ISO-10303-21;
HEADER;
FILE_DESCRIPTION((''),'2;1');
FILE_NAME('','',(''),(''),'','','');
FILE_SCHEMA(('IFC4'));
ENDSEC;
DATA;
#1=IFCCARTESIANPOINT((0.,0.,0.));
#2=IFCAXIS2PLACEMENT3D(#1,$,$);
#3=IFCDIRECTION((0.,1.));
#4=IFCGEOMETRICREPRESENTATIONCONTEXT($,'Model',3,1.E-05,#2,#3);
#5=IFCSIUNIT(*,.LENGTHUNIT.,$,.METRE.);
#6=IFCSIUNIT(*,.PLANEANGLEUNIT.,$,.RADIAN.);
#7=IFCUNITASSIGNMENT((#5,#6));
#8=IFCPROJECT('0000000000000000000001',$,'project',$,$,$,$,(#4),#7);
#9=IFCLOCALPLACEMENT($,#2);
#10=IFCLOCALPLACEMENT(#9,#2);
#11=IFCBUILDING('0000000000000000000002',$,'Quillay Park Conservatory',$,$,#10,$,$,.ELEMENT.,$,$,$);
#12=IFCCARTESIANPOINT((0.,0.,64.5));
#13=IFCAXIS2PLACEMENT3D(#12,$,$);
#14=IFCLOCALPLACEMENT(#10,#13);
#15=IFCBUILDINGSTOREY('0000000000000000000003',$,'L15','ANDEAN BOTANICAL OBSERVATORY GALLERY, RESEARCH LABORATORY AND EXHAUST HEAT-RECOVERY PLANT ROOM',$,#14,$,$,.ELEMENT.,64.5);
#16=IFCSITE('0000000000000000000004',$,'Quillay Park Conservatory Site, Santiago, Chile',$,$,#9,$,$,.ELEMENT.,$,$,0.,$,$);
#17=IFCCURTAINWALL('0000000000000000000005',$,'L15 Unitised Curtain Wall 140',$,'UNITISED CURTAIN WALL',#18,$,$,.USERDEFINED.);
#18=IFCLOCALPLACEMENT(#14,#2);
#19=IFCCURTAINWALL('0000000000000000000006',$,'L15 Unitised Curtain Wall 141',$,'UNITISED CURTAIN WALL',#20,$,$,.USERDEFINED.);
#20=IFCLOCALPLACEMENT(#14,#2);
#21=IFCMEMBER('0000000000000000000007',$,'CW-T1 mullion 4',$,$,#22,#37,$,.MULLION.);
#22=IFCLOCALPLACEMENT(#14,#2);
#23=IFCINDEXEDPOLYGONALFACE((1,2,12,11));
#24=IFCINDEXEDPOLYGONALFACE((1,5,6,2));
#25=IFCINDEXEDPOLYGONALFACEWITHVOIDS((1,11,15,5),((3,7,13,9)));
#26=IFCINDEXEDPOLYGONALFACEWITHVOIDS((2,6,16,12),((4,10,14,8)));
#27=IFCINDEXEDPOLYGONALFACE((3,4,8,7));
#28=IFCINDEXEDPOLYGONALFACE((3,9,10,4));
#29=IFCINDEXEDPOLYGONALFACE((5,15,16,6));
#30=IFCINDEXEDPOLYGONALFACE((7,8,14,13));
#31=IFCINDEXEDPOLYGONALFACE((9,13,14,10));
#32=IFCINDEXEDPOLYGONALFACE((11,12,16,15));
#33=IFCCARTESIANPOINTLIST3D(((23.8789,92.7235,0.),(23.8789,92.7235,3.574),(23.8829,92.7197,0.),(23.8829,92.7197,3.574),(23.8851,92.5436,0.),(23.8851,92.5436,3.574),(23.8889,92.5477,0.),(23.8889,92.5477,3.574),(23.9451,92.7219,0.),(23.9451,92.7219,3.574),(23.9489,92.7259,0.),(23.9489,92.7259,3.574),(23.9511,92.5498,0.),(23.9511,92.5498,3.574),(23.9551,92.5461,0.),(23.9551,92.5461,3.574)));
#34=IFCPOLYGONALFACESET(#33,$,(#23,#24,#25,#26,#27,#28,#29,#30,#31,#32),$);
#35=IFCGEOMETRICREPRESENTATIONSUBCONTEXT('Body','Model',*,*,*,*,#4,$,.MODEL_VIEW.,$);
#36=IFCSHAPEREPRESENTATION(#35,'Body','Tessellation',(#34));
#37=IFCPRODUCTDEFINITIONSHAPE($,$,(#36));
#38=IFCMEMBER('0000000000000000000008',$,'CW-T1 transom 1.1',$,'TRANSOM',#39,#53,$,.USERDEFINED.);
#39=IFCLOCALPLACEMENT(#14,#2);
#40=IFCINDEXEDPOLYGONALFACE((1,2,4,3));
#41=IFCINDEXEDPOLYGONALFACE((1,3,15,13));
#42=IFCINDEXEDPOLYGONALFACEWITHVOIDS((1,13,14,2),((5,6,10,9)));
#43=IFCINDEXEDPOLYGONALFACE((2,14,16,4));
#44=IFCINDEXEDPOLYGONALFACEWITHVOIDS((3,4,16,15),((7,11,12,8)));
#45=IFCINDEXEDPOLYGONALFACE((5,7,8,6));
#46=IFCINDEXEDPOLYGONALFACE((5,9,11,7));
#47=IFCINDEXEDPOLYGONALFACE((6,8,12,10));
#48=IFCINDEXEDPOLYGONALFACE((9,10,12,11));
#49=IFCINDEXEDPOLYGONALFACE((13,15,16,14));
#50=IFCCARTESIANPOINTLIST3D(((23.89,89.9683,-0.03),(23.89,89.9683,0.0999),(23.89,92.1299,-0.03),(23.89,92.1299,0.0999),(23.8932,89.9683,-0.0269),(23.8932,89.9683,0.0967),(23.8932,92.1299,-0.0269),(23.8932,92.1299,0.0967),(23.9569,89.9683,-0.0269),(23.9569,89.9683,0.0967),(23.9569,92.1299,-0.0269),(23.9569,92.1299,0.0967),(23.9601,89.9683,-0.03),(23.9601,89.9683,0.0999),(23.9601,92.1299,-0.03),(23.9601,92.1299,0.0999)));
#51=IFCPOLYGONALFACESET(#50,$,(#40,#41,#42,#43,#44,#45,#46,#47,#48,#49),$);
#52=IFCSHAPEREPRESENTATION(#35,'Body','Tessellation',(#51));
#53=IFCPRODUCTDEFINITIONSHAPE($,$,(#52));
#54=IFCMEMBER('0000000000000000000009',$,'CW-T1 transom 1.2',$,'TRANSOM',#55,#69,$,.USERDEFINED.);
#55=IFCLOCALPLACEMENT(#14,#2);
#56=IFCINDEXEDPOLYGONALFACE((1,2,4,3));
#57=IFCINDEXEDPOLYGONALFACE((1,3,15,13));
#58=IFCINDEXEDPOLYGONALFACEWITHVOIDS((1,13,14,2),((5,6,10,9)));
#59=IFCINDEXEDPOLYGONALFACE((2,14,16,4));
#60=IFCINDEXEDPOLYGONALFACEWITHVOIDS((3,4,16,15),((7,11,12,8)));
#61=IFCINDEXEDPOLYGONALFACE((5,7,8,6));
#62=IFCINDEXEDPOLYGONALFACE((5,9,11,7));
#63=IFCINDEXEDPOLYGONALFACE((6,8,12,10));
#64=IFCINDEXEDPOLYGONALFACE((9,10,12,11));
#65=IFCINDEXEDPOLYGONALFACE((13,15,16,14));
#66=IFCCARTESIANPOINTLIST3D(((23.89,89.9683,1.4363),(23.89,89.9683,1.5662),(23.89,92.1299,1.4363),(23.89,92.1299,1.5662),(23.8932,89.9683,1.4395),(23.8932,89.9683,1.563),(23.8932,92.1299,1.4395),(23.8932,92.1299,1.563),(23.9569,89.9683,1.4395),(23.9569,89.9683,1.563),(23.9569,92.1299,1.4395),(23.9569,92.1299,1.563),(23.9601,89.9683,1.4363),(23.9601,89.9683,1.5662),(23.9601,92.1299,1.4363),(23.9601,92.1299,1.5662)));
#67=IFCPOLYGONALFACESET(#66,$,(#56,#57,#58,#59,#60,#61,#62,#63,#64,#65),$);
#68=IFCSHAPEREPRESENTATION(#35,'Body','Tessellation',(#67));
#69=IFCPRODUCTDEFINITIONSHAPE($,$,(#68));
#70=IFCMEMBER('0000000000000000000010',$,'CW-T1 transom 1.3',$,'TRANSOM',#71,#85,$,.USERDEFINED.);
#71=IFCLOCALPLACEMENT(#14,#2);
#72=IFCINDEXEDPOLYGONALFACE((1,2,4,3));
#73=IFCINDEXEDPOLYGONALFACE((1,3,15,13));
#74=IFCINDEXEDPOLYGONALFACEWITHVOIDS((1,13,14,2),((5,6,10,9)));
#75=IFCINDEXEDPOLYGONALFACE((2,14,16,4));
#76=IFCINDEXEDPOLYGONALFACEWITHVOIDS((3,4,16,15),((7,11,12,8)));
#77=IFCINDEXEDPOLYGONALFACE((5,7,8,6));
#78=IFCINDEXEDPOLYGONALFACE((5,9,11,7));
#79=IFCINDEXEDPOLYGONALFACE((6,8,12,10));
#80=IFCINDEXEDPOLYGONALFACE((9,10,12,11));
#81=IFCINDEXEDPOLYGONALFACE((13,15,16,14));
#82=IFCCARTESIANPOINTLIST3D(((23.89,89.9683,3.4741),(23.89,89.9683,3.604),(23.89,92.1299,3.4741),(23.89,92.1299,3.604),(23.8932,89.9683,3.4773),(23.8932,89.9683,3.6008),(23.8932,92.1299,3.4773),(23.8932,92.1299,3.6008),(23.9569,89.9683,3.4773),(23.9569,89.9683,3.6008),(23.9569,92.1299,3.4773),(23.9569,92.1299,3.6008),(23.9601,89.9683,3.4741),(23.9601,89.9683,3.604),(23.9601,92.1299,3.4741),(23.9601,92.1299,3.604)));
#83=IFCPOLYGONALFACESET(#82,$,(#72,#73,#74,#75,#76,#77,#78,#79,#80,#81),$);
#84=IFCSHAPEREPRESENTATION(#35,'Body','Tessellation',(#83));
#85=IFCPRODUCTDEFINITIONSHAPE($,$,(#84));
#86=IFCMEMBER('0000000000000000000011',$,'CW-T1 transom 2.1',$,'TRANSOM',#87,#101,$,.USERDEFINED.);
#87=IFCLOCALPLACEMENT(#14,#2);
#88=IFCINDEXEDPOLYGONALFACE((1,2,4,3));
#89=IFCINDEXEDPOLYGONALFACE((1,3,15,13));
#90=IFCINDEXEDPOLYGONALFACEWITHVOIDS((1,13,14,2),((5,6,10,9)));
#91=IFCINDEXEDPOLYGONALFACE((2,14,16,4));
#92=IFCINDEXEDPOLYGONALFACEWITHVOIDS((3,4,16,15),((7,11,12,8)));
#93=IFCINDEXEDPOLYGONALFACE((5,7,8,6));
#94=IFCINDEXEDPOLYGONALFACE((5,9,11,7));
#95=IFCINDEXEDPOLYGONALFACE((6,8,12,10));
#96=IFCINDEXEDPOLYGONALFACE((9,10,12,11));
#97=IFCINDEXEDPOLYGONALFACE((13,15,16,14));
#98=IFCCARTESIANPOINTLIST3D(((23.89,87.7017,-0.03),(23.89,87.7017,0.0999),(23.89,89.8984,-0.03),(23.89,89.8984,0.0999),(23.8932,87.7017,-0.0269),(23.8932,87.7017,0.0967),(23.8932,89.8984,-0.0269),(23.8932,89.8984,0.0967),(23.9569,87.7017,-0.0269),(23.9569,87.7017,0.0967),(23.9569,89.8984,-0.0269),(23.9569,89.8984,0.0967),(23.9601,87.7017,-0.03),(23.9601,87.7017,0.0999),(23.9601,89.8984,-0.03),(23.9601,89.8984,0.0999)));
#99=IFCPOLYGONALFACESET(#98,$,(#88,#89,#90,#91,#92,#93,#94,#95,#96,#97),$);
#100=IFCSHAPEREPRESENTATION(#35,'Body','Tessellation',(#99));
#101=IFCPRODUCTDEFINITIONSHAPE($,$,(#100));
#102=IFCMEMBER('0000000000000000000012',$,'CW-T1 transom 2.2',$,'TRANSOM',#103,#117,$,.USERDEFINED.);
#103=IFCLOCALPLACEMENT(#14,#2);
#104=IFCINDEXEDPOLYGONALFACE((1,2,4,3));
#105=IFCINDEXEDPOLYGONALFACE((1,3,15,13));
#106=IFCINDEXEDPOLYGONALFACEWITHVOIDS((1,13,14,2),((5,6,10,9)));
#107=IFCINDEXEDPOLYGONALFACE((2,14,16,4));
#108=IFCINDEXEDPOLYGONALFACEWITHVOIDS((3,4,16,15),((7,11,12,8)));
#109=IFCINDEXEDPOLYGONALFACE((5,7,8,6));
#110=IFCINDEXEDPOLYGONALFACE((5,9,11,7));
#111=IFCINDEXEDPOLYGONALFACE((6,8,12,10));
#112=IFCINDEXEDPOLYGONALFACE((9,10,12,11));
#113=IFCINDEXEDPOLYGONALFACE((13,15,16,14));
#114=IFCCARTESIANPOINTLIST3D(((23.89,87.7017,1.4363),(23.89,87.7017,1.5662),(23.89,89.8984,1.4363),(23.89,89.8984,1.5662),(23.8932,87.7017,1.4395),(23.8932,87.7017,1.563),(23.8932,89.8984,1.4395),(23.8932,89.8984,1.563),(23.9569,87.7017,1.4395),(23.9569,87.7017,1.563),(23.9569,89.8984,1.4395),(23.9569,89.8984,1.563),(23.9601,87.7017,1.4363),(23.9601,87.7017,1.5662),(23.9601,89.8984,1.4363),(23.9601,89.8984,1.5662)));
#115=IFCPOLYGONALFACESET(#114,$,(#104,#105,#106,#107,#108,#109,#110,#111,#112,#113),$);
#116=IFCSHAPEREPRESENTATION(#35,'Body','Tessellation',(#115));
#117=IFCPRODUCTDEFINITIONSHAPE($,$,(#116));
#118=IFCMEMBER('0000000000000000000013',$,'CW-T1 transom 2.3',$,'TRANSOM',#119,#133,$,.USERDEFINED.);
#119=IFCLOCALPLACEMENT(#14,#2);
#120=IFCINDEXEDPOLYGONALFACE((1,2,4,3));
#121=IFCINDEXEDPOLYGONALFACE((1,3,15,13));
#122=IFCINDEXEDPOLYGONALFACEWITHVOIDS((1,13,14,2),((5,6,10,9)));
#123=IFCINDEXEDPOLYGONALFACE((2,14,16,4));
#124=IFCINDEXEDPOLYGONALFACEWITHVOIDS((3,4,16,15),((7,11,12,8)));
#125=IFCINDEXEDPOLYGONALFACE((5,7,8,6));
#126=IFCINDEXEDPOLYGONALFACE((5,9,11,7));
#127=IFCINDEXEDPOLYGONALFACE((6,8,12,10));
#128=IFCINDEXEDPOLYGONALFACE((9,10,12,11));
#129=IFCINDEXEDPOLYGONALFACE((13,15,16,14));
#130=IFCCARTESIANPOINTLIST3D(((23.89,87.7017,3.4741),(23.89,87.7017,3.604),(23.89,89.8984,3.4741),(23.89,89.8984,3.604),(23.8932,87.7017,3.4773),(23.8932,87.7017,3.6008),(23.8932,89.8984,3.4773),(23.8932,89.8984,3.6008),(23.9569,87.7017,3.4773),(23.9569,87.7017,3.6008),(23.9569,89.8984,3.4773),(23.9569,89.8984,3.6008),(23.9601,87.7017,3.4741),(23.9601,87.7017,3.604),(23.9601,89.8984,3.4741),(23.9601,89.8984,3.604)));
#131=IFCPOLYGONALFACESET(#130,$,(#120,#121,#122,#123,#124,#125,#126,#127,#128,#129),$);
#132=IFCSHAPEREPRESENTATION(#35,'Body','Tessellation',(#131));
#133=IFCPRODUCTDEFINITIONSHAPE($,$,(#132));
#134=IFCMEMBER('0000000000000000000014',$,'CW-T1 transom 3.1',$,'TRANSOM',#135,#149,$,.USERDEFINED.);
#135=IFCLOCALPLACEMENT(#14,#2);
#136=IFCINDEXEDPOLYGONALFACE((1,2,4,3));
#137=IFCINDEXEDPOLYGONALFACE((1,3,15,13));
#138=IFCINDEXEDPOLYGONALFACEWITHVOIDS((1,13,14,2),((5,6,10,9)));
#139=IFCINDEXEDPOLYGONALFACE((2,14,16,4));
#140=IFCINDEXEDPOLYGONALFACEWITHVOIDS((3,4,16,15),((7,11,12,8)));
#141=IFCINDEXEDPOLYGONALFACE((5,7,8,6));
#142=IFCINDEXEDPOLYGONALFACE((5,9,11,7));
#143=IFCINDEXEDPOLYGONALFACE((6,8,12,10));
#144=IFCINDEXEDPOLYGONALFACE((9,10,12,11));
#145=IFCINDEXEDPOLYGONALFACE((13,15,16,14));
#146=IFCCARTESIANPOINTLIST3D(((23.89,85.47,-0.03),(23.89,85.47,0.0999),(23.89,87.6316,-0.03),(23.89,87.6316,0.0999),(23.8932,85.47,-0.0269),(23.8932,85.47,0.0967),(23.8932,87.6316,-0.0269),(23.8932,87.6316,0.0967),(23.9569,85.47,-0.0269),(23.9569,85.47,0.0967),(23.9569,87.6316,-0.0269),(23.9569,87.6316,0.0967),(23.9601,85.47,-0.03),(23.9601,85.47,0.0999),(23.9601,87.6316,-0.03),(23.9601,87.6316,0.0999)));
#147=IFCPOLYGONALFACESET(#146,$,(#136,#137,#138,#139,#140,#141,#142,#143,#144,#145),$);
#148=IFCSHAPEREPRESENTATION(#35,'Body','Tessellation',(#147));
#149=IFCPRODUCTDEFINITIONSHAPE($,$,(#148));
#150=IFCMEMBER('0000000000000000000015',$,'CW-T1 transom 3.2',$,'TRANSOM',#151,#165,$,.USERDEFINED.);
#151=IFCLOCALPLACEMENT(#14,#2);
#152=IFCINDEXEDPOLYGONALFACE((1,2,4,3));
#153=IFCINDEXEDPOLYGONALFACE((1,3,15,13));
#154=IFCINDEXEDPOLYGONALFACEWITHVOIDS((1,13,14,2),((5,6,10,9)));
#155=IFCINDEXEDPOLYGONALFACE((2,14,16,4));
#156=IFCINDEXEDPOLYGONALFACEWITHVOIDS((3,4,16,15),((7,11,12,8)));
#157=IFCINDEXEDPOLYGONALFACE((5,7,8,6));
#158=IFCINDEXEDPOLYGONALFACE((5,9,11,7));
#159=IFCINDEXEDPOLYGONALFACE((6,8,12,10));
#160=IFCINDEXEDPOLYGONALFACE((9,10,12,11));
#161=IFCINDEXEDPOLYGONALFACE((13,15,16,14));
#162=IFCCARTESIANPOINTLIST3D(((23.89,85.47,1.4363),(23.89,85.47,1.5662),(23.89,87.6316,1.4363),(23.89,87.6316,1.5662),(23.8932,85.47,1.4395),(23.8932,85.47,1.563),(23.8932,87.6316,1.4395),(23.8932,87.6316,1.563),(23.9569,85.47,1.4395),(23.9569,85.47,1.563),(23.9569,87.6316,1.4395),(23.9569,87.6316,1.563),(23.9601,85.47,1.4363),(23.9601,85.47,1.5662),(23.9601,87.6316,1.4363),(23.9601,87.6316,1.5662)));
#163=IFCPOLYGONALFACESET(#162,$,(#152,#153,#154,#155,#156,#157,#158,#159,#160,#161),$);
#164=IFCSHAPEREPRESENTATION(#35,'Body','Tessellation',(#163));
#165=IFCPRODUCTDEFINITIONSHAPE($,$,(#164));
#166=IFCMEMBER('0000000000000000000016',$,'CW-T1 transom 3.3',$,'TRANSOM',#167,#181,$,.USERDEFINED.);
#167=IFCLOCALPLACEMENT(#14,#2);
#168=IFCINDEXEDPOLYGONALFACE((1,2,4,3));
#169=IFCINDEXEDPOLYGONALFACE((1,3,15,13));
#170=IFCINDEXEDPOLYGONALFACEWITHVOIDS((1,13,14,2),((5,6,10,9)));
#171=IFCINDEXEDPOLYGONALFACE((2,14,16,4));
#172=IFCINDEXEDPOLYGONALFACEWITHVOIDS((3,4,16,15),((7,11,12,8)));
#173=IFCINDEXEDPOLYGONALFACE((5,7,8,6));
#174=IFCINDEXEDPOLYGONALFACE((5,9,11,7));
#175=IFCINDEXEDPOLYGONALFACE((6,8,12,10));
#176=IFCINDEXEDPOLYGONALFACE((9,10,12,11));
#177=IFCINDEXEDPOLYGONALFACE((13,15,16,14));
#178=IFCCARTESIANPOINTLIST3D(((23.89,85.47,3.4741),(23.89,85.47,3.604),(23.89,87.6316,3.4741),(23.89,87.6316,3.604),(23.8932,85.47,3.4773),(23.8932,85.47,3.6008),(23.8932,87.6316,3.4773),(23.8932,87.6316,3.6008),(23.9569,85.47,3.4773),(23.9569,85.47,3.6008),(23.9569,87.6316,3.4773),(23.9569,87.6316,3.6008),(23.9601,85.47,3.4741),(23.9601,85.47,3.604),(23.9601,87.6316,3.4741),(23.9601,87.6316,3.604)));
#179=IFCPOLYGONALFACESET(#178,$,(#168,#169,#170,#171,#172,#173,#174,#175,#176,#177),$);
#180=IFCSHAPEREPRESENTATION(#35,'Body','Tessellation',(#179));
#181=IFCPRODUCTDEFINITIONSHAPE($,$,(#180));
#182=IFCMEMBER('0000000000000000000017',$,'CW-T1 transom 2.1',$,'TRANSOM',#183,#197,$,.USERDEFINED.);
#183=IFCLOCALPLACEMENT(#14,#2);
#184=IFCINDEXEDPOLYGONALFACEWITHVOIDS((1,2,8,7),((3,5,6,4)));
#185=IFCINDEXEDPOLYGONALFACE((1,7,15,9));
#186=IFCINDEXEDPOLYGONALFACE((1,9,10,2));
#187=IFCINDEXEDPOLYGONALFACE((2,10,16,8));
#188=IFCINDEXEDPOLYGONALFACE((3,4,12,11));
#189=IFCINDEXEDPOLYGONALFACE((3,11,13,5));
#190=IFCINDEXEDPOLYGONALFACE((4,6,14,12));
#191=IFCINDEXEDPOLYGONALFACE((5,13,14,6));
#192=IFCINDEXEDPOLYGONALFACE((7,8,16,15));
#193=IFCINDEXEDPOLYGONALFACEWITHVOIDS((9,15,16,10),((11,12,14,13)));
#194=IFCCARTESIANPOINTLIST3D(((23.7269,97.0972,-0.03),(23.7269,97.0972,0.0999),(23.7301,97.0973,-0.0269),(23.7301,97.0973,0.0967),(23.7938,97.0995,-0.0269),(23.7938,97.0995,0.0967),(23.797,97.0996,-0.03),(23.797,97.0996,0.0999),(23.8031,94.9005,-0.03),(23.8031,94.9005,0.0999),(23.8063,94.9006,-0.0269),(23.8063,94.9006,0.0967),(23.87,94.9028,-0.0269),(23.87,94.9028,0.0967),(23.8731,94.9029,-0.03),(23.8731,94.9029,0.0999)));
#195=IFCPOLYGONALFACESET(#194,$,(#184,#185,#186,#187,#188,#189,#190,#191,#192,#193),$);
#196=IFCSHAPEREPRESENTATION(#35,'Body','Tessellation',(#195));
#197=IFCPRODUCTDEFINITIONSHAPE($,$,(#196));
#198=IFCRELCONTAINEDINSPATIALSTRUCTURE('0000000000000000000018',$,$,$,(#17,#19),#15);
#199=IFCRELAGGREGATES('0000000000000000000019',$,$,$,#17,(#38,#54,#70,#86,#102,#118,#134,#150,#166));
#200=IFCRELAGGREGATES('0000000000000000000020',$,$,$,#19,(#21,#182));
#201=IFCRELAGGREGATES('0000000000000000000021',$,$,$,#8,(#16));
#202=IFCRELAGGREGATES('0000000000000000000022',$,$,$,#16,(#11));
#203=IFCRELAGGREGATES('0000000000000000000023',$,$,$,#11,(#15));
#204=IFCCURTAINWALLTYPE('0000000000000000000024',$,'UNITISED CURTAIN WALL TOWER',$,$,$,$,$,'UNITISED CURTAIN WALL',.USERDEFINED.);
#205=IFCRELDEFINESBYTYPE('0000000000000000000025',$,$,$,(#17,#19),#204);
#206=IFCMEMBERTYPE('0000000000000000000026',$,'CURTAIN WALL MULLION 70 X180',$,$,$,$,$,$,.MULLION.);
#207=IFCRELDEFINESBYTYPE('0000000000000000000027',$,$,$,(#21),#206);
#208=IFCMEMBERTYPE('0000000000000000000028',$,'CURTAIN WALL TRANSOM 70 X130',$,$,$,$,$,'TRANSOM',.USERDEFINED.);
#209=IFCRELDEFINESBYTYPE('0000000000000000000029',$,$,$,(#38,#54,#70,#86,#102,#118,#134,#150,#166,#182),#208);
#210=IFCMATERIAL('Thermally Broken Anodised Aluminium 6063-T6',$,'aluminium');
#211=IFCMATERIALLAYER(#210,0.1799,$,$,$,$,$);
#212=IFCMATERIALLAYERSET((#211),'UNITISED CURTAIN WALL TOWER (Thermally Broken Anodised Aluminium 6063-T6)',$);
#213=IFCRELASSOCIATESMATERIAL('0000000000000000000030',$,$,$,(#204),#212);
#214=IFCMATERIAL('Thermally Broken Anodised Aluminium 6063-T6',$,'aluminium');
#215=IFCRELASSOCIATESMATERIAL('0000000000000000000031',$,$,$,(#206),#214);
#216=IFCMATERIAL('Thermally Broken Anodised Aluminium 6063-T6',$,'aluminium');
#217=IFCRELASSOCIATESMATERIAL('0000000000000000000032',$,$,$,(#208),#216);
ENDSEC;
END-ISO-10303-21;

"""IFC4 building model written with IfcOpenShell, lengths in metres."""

from ifc_helpers import new_model, si_unit, direction, frame, origin, origin_2d, place, context, subcontext, project, spatial, hollow_rectangle, extrude, material, layer, layer_set, material_profile, profile_set, type_object, element, aggregate, save


model = new_model("IFC4")

# Units and contexts
model_context = context("Model", 3, precision=1e-05, world=origin(), true_north=direction((0.0, 1.0)))
body_context = subcontext(model_context, "Body", "Model", "MODEL_VIEW")
ifc_project = project(units=[si_unit("LENGTHUNIT", "METRE"), si_unit("PLANEANGLEUNIT", "RADIAN")], contexts=[model_context])

# Site, building, storey
site_placement = place(None, origin())
site = spatial("IfcSite", under=ifc_project, at=site_placement, Name="Quillay Park Conservatory Site, Santiago, Chile", CompositionType="ELEMENT", RefElevation=0.0)
building_placement = place(site_placement, origin())
building = spatial("IfcBuilding", under=site, at=building_placement, Name="Quillay Park Conservatory", CompositionType="ELEMENT")
storey_placement = place(building_placement, frame((0.0, 0.0, 64.5)))
storey = spatial("IfcBuildingStorey", under=building, at=storey_placement, Name="L15", Description="ANDEAN BOTANICAL OBSERVATORY GALLERY, RESEARCH LABORATORY AND EXHAUST HEAT-RECOVERY PLANT ROOM", CompositionType="ELEMENT", Elevation=64.5)

# Curtain walls, member
ifc_material_1 = material(Name="Thermally Broken Anodised Aluminium 6063-T6", Category="aluminium")
ifc_layer_1 = layer(ifc_material_1, 0.1799)
ifc_layer_set_1 = layer_set([ifc_layer_1], Name="UNITISED CURTAIN WALL TOWER (Thermally Broken Anodised Aluminium 6063-T6)")
curtain_wall_type = type_object("IfcCurtainWallType", Name="UNITISED CURTAIN WALL TOWER", ElementType="UNITISED CURTAIN WALL", PredefinedType="USERDEFINED", material=ifc_layer_set_1)
curtain_wall_1_placement = place(storey_placement, origin())
curtain_wall_1 = element("IfcCurtainWall", 1, at=curtain_wall_1_placement, inside=storey, type_object=curtain_wall_type, Name="L15 Unitised Curtain Wall 140", ObjectType="UNITISED CURTAIN WALL", PredefinedType="USERDEFINED")
ifc_material_2 = material(Name="Thermally Broken Anodised Aluminium 6063-T6", Category="aluminium")
ifc_material_profile_1 = material_profile(ifc_material_2, hollow_rectangle(XDim=0.0701, YDim=0.1799, WallThickness=0.0039, at=origin_2d()), Name="AL70x180x4")
ifc_profile_set_1 = profile_set([ifc_material_profile_1], Name="Thermally Broken Anodised Aluminium 6063-T6")
member_type_1 = type_object("IfcMemberType", Name="CURTAIN WALL MULLION 70 X180", PredefinedType="MULLION", material=ifc_profile_set_1)
curtain_wall_2_placement = place(storey_placement, origin())
curtain_wall_2 = element("IfcCurtainWall", 2, at=curtain_wall_2_placement, inside=storey, type_object=curtain_wall_type, Name="L15 Unitised Curtain Wall 141", ObjectType="UNITISED CURTAIN WALL", PredefinedType="USERDEFINED")
member_1_placement = place(storey_placement, frame((23.917, 92.6348, 0.0), z_axis=(0.0, 0.0, 1.0), x_axis=(0.999397, 0.034713, 0.0)))
member_1 = element("IfcMember", 3, at=member_1_placement, type_object=member_type_1, Name="CW-T1 mullion 4", PredefinedType="MULLION", context=body_context, shape_type="SweptSolid", body=[
    extrude(hollow_rectangle(XDim=0.0701, YDim=0.1799, WallThickness=0.0039, at=origin_2d()), origin(), (0.0, 0.0, 1.0), 3.574),
])

# Members
ifc_material_3 = material(Name="Thermally Broken Anodised Aluminium 6063-T6", Category="aluminium")
ifc_material_profile_2 = material_profile(ifc_material_3, hollow_rectangle(XDim=0.0701, YDim=0.1299, WallThickness=0.0032, at=origin_2d()), Name="AL70x130x3.2")
ifc_profile_set_2 = profile_set([ifc_material_profile_2], Name="Thermally Broken Anodised Aluminium 6063-T6")
member_type_2 = type_object("IfcMemberType", Name="CURTAIN WALL TRANSOM 70 X130", ElementType="TRANSOM", PredefinedType="USERDEFINED", material=ifc_profile_set_2)
member_2_placement = place(storey_placement, frame((23.925, 92.1299, 0.0349), z_axis=(0.0, -1.0, 0.0), x_axis=(1.0, 0.0, 0.0)))
member_2 = element("IfcMember", 4, at=member_2_placement, type_object=member_type_2, Name="CW-T1 transom 1.1", ObjectType="TRANSOM", PredefinedType="USERDEFINED", context=body_context, shape_type="SweptSolid", body=[
    extrude(hollow_rectangle(XDim=0.0701, YDim=0.1299, WallThickness=0.0032, at=origin_2d()), origin(), (0.0, 0.0, 1.0), 2.1616),
])
member_3_placement = place(storey_placement, frame((23.925, 92.1299, 1.5012), z_axis=(0.0, -1.0, 0.0), x_axis=(1.0, 0.0, 0.0)))
member_3 = element("IfcMember", 5, at=member_3_placement, type_object=member_type_2, Name="CW-T1 transom 1.2", ObjectType="TRANSOM", PredefinedType="USERDEFINED", context=body_context, shape_type="SweptSolid", body=[
    extrude(hollow_rectangle(XDim=0.0701, YDim=0.1299, WallThickness=0.0032, at=origin_2d()), origin(), (0.0, 0.0, 1.0), 2.1616),
])
member_4_placement = place(storey_placement, frame((23.925, 92.1299, 3.5391), z_axis=(0.0, -1.0, 0.0), x_axis=(1.0, 0.0, 0.0)))
member_4 = element("IfcMember", 6, at=member_4_placement, type_object=member_type_2, Name="CW-T1 transom 1.3", ObjectType="TRANSOM", PredefinedType="USERDEFINED", context=body_context, shape_type="SweptSolid", body=[
    extrude(hollow_rectangle(XDim=0.0701, YDim=0.1299, WallThickness=0.0032, at=origin_2d()), origin(), (0.0, 0.0, 1.0), 2.1616),
])
member_5_placement = place(storey_placement, frame((23.925, 89.8984, 0.0349), z_axis=(0.0, -1.0, 0.0), x_axis=(1.0, 0.0, 0.0)))
member_5 = element("IfcMember", 7, at=member_5_placement, type_object=member_type_2, Name="CW-T1 transom 2.1", ObjectType="TRANSOM", PredefinedType="USERDEFINED", context=body_context, shape_type="SweptSolid", body=[
    extrude(hollow_rectangle(XDim=0.0701, YDim=0.1299, WallThickness=0.0032, at=origin_2d()), origin(), (0.0, 0.0, 1.0), 2.1968),
])
member_6_placement = place(storey_placement, frame((23.925, 89.8984, 1.5012), z_axis=(0.0, -1.0, 0.0), x_axis=(1.0, 0.0, 0.0)))
member_6 = element("IfcMember", 8, at=member_6_placement, type_object=member_type_2, Name="CW-T1 transom 2.2", ObjectType="TRANSOM", PredefinedType="USERDEFINED", context=body_context, shape_type="SweptSolid", body=[
    extrude(hollow_rectangle(XDim=0.0701, YDim=0.1299, WallThickness=0.0032, at=origin_2d()), origin(), (0.0, 0.0, 1.0), 2.1968),
])
member_7_placement = place(storey_placement, frame((23.925, 89.8984, 3.5391), z_axis=(0.0, -1.0, 0.0), x_axis=(1.0, 0.0, 0.0)))
member_7 = element("IfcMember", 9, at=member_7_placement, type_object=member_type_2, Name="CW-T1 transom 2.3", ObjectType="TRANSOM", PredefinedType="USERDEFINED", context=body_context, shape_type="SweptSolid", body=[
    extrude(hollow_rectangle(XDim=0.0701, YDim=0.1299, WallThickness=0.0032, at=origin_2d()), origin(), (0.0, 0.0, 1.0), 2.1968),
])
member_8_placement = place(storey_placement, frame((23.925, 87.6316, 0.0349), z_axis=(0.0, -1.0, 0.0), x_axis=(1.0, 0.0, 0.0)))
member_8 = element("IfcMember", 10, at=member_8_placement, type_object=member_type_2, Name="CW-T1 transom 3.1", ObjectType="TRANSOM", PredefinedType="USERDEFINED", context=body_context, shape_type="SweptSolid", body=[
    extrude(hollow_rectangle(XDim=0.0701, YDim=0.1299, WallThickness=0.0032, at=origin_2d()), origin(), (0.0, 0.0, 1.0), 2.1616),
])
member_9_placement = place(storey_placement, frame((23.925, 87.6316, 1.5012), z_axis=(0.0, -1.0, 0.0), x_axis=(1.0, 0.0, 0.0)))
member_9 = element("IfcMember", 11, at=member_9_placement, type_object=member_type_2, Name="CW-T1 transom 3.2", ObjectType="TRANSOM", PredefinedType="USERDEFINED", context=body_context, shape_type="SweptSolid", body=[
    extrude(hollow_rectangle(XDim=0.0701, YDim=0.1299, WallThickness=0.0032, at=origin_2d()), origin(), (0.0, 0.0, 1.0), 2.1616),
])
member_10_placement = place(storey_placement, frame((23.925, 87.6316, 3.5391), z_axis=(0.0, -1.0, 0.0), x_axis=(1.0, 0.0, 0.0)))
member_10 = element("IfcMember", 12, at=member_10_placement, type_object=member_type_2, Name="CW-T1 transom 3.3", ObjectType="TRANSOM", PredefinedType="USERDEFINED", context=body_context, shape_type="SweptSolid", body=[
    extrude(hollow_rectangle(XDim=0.0701, YDim=0.1299, WallThickness=0.0032, at=origin_2d()), origin(), (0.0, 0.0, 1.0), 2.1616),
])
member_11_placement = place(storey_placement, frame((23.762, 97.0984, 0.0349), z_axis=(0.034654, -0.999399, 0.0), x_axis=(0.999399, 0.034654, 0.0)))
member_11 = element("IfcMember", 13, at=member_11_placement, type_object=member_type_2, Name="CW-T1 transom 2.1", ObjectType="TRANSOM", PredefinedType="USERDEFINED", context=body_context, shape_type="SweptSolid", body=[
    extrude(hollow_rectangle(XDim=0.0701, YDim=0.1299, WallThickness=0.0032, at=origin_2d()), origin(), (0.0, 0.0, 1.0), 2.198),
])

aggregate(curtain_wall_1, [member_2, member_3, member_4, member_5, member_6, member_7, member_8, member_9, member_10])
aggregate(curtain_wall_2, [member_1, member_11])

save(model, "model.ifc")
